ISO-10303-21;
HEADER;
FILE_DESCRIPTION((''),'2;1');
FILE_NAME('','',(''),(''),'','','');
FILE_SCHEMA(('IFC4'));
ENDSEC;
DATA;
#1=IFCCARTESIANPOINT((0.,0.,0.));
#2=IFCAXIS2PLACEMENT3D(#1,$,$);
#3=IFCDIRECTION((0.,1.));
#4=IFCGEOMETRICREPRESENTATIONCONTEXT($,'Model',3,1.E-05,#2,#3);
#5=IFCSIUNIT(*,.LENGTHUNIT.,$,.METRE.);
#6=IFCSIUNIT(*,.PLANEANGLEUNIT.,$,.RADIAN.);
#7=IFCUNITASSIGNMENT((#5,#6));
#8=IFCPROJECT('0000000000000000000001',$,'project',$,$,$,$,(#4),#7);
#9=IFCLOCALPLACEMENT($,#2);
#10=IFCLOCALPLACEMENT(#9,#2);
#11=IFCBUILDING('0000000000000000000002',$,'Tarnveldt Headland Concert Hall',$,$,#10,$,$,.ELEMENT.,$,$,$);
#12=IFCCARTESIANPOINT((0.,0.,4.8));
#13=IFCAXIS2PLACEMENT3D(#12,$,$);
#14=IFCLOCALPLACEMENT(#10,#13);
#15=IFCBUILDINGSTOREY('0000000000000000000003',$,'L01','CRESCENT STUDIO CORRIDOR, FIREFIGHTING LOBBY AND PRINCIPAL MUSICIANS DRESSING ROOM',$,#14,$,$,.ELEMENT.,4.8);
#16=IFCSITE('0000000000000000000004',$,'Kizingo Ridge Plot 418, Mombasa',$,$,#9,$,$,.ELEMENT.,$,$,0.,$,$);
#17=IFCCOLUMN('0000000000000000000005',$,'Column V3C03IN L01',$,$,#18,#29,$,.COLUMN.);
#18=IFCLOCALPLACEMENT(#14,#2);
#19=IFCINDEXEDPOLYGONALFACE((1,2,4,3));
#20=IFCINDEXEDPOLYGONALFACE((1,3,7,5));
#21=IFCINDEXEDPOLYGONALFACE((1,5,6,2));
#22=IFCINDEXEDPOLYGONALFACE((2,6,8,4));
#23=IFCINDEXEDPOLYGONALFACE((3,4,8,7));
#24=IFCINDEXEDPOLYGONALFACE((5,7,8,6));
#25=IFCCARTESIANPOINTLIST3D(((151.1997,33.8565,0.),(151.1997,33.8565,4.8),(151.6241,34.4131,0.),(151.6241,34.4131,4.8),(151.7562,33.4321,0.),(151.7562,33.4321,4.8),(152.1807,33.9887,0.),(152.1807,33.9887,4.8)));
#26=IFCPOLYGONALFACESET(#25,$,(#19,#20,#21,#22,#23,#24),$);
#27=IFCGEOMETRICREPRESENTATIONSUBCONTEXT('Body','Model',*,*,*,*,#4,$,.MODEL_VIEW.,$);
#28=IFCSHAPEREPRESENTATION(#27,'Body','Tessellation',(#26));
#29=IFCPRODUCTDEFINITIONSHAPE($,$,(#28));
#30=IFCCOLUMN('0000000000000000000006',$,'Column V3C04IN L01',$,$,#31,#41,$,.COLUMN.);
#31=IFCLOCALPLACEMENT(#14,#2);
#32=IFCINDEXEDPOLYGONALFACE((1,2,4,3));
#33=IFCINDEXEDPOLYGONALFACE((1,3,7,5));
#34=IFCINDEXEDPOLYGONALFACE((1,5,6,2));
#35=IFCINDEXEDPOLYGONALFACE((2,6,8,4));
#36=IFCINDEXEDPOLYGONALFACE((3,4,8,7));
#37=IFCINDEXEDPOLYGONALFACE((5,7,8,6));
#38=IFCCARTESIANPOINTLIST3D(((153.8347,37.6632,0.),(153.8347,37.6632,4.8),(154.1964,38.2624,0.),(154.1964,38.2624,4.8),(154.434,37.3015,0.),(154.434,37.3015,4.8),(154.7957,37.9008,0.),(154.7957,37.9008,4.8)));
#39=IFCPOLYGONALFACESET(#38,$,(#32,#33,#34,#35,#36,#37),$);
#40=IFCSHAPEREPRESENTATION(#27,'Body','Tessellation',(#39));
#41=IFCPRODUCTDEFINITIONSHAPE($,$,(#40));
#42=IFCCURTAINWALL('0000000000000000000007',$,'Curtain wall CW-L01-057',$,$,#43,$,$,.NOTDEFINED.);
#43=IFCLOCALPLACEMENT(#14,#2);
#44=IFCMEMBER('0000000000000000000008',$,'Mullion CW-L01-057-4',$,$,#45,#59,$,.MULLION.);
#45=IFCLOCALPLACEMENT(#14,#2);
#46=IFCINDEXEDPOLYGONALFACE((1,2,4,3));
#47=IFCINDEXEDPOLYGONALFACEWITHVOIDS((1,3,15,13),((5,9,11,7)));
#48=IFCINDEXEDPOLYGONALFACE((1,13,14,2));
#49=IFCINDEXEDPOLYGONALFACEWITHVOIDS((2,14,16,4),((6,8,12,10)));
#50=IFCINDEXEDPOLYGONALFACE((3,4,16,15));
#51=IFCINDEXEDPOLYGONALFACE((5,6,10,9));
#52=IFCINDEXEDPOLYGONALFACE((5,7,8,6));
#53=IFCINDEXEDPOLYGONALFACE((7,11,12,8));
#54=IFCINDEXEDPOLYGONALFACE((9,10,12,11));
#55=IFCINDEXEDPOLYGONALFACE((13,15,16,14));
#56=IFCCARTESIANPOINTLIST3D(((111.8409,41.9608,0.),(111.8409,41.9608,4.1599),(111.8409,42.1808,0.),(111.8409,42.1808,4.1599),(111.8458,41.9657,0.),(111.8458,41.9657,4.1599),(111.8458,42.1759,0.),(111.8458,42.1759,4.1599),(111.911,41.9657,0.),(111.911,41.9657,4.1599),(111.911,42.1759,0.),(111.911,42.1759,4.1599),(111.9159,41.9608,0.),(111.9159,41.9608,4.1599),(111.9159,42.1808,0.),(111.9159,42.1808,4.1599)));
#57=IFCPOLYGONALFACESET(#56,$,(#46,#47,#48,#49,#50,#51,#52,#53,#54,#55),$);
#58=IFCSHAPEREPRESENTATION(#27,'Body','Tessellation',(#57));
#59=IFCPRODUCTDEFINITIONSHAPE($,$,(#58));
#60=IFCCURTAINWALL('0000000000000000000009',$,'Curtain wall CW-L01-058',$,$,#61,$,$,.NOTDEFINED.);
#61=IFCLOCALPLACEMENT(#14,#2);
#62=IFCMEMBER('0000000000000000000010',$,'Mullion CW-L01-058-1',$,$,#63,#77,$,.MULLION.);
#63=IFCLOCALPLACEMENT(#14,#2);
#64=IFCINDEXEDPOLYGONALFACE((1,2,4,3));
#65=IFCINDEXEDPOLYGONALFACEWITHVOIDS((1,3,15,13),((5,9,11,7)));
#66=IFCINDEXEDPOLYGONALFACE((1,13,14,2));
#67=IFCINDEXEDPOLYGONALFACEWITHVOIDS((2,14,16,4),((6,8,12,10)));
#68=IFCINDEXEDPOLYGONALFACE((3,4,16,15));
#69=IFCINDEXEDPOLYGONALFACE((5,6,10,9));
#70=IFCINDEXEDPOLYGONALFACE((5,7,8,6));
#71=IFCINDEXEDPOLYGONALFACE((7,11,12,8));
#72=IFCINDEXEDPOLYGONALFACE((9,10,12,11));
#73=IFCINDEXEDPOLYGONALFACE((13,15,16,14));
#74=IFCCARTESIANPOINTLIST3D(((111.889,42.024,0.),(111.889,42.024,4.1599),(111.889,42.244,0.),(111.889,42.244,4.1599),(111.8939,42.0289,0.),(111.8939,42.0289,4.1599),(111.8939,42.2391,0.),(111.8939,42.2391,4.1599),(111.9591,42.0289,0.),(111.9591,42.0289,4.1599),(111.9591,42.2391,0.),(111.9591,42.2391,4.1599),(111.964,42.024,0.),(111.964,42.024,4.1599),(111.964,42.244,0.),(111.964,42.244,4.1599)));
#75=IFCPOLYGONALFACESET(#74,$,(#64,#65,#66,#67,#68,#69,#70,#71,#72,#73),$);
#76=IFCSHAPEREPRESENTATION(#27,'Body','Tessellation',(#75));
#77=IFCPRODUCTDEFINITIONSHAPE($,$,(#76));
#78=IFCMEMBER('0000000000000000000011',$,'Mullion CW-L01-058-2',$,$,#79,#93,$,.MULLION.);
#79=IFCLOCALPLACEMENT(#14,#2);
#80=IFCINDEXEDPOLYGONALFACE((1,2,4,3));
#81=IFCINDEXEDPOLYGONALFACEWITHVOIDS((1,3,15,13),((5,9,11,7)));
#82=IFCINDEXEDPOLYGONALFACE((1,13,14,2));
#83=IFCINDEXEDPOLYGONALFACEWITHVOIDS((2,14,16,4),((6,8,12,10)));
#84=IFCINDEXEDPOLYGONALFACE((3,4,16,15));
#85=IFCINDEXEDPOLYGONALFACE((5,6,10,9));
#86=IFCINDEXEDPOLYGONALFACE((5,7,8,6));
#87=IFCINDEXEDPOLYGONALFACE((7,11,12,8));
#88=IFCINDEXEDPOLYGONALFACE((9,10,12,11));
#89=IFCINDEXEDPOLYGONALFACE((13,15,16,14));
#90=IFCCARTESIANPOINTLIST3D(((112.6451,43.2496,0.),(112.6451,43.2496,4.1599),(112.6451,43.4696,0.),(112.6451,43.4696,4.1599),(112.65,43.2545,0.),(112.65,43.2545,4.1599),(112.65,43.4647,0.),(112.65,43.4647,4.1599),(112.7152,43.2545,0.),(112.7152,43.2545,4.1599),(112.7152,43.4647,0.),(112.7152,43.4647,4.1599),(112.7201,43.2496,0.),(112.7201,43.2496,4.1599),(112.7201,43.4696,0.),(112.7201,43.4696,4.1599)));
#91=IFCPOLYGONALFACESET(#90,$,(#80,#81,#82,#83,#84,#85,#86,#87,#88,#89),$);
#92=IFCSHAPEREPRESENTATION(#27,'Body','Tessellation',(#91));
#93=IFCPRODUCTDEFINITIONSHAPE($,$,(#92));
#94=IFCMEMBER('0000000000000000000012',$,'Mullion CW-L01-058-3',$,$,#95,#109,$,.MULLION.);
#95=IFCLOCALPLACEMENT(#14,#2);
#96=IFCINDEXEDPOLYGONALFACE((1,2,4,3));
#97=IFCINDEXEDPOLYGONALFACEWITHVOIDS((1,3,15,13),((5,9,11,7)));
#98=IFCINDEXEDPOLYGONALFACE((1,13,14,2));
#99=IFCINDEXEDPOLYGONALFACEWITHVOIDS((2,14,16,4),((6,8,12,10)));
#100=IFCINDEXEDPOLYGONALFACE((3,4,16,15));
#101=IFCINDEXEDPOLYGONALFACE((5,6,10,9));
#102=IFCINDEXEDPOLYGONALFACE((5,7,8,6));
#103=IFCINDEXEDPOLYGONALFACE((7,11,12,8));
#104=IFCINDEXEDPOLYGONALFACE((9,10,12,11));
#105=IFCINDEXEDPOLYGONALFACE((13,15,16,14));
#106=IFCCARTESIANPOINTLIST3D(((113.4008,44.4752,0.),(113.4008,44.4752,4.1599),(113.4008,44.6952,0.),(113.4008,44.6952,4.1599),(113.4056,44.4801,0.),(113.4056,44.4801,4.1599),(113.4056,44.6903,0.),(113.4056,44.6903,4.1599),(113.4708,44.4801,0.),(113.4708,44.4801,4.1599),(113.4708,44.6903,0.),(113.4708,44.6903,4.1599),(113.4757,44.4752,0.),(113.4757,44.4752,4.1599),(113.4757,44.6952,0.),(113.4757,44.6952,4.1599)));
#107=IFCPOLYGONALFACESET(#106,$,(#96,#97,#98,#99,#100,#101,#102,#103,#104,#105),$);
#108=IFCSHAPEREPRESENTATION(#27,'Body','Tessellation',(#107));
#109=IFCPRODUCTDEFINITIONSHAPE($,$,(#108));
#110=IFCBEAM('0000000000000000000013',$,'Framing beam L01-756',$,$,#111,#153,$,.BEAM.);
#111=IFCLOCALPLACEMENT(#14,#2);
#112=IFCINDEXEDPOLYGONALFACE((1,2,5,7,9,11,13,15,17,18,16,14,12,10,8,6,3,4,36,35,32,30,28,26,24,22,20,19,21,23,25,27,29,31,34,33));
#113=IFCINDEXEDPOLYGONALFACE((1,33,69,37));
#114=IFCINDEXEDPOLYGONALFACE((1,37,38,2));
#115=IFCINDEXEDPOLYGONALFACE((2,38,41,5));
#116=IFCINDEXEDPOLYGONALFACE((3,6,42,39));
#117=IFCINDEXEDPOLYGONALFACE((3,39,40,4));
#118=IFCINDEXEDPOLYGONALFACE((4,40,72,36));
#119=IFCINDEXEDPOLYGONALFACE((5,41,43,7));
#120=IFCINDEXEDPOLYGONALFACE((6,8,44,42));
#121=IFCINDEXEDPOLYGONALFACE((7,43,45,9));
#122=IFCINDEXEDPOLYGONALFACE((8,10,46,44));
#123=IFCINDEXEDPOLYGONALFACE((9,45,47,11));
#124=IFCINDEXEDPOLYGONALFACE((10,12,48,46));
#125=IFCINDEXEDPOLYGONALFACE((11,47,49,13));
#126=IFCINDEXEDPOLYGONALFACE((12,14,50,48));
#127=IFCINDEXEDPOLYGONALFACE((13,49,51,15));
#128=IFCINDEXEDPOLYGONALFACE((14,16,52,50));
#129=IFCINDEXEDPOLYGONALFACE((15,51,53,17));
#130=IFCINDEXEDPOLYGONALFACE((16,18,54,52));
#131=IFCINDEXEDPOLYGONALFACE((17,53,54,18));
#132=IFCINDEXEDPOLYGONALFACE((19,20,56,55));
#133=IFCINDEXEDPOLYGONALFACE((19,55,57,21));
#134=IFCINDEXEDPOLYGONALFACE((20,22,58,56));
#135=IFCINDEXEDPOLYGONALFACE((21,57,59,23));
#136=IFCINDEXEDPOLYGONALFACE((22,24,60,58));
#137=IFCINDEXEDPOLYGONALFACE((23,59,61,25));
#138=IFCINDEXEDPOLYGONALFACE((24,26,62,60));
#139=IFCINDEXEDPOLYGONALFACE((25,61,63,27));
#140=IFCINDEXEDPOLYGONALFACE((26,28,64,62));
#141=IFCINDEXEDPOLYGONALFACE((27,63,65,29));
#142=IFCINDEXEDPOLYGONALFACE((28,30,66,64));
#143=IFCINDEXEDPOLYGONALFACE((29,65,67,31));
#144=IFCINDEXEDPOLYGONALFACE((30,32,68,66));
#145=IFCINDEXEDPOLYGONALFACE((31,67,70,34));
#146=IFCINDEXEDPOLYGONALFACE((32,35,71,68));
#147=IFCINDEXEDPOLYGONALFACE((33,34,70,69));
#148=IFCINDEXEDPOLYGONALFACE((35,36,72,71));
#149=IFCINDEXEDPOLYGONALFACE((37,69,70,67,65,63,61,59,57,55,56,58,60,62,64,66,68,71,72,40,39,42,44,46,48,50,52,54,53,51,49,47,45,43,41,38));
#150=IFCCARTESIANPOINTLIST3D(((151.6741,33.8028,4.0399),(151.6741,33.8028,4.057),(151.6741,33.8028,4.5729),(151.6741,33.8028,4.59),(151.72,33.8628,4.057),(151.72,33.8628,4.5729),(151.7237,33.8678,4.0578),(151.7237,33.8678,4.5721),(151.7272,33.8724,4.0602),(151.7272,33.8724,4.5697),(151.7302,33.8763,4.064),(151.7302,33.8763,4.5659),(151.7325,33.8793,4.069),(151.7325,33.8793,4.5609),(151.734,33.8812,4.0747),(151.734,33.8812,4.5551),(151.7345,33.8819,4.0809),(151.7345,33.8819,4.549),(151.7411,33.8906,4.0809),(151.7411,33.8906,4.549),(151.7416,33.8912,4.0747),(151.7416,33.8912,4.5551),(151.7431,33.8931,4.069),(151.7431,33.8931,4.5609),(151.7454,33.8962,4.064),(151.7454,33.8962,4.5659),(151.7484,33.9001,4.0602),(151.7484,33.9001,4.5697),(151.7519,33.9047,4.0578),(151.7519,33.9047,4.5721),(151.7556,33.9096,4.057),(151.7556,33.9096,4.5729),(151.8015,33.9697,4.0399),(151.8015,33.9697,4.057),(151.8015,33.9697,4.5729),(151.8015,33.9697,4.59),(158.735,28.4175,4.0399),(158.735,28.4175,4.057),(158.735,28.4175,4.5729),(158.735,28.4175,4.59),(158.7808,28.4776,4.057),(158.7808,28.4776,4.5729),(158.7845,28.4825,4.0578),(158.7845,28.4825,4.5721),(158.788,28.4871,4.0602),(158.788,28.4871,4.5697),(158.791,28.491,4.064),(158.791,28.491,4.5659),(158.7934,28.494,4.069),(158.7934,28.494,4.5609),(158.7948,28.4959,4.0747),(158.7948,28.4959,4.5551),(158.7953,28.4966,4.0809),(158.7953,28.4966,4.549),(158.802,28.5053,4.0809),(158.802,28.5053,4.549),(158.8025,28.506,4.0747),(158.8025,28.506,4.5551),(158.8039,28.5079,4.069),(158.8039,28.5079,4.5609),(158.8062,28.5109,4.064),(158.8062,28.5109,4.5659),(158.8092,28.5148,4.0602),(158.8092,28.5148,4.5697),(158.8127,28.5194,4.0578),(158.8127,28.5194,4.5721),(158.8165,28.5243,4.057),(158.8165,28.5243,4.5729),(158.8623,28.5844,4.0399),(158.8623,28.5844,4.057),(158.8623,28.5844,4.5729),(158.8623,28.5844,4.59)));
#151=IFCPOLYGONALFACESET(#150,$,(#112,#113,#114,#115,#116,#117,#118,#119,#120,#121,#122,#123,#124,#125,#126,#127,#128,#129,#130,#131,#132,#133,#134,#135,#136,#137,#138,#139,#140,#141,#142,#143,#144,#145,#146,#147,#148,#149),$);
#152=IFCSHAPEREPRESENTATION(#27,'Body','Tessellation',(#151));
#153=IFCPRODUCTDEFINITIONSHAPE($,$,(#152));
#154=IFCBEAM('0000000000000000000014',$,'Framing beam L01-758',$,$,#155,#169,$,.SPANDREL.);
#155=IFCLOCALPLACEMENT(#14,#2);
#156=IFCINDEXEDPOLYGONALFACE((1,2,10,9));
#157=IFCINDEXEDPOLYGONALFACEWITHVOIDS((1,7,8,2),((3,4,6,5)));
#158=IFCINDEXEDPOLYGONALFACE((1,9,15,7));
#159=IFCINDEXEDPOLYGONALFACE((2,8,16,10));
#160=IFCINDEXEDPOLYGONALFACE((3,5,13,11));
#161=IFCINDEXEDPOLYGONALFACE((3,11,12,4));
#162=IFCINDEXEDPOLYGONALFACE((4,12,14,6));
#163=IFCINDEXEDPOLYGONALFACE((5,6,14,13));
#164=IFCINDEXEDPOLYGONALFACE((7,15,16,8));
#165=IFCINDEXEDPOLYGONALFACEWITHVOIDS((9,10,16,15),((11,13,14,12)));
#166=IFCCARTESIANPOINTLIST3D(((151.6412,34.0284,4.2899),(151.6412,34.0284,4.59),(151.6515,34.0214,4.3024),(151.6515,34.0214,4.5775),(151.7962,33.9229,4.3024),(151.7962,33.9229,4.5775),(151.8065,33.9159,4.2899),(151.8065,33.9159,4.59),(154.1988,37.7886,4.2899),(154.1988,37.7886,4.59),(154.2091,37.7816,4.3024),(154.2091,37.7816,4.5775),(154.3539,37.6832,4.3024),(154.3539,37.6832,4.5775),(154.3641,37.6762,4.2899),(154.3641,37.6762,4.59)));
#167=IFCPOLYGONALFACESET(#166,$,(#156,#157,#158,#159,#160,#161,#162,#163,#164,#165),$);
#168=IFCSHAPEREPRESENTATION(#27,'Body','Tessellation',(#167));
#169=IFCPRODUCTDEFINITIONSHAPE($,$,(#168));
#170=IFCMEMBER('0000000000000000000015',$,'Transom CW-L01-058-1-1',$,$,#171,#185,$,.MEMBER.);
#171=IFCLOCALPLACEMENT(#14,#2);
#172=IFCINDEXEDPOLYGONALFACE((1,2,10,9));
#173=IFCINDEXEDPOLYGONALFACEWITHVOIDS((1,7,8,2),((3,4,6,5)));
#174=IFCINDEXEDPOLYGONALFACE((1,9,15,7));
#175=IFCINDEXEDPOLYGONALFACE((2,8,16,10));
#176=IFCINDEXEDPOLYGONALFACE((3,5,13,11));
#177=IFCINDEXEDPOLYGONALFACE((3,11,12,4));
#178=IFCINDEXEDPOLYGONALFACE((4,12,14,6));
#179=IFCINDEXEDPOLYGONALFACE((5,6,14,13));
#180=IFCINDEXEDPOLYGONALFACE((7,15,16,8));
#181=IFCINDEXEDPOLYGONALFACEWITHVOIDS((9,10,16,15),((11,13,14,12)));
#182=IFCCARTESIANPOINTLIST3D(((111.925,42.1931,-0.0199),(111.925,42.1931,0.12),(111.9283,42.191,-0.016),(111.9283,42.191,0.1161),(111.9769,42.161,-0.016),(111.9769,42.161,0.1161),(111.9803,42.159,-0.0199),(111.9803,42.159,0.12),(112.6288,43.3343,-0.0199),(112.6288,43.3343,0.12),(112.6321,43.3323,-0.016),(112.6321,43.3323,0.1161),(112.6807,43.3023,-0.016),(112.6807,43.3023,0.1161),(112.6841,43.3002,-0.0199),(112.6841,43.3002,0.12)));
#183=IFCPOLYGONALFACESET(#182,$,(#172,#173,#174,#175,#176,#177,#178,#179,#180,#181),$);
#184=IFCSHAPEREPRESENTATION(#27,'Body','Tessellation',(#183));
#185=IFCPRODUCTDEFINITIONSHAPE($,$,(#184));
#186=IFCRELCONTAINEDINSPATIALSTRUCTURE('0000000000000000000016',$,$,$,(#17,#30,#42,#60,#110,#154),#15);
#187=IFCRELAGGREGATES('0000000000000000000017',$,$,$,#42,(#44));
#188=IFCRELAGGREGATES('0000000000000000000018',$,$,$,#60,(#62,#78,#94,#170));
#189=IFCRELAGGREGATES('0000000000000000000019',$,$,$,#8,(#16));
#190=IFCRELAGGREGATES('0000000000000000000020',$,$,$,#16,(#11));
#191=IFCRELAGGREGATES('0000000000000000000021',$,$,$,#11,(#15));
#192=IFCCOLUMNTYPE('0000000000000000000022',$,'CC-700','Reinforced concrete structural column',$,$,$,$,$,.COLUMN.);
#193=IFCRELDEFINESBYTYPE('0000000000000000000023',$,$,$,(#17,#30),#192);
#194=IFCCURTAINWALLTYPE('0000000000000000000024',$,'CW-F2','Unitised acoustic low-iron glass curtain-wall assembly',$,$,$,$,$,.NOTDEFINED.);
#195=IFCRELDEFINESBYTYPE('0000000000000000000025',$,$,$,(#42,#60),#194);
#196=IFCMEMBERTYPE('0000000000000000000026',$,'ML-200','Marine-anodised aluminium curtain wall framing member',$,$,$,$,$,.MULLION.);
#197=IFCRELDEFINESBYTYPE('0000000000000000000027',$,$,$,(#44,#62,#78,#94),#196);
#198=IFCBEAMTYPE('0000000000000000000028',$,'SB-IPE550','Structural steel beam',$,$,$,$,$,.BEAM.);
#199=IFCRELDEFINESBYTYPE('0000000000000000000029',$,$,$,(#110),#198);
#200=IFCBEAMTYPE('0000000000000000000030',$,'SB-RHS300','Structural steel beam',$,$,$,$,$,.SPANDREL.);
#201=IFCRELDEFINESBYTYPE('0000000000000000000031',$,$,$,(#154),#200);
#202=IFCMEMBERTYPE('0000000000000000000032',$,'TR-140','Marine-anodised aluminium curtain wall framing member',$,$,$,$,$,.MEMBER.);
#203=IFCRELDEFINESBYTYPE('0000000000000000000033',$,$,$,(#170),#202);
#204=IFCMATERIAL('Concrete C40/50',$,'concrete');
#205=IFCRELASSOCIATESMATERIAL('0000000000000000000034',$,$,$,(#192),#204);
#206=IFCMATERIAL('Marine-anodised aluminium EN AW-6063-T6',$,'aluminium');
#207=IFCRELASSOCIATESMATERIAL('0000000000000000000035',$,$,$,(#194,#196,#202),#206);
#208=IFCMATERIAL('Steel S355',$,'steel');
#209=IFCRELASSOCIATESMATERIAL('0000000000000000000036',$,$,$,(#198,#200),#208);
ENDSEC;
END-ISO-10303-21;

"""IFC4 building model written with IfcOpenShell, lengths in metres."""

from ifc_helpers import new_model, si_unit, direction, frame, origin, origin_2d, place, context, subcontext, project, spatial, rectangle, hollow_rectangle, i_section, extrude, material, material_profile, profile_set, type_object, element, aggregate, save


model = new_model("IFC4")

# Units and contexts
model_context = context("Model", 3, precision=1e-05, world=origin(), true_north=direction((0.0, 1.0)))
body_context = subcontext(model_context, "Body", "Model", "MODEL_VIEW")
ifc_project = project(units=[si_unit("LENGTHUNIT", "METRE"), si_unit("PLANEANGLEUNIT", "RADIAN")], contexts=[model_context])

# Site, building, storey
site_placement = place(None, origin())
site = spatial("IfcSite", under=ifc_project, at=site_placement, Name="Kizingo Ridge Plot 418, Mombasa", CompositionType="ELEMENT", RefElevation=0.0)
building_placement = place(site_placement, origin())
building = spatial("IfcBuilding", under=site, at=building_placement, Name="Tarnveldt Headland Concert Hall", CompositionType="ELEMENT")
storey_placement = place(building_placement, frame((0.0, 0.0, 4.8)))
storey = spatial("IfcBuildingStorey", under=building, at=storey_placement, Name="L01", Description="CRESCENT STUDIO CORRIDOR, FIREFIGHTING LOBBY AND PRINCIPAL MUSICIANS DRESSING ROOM", CompositionType="ELEMENT", Elevation=4.8)

# Columns
ifc_material_1 = material(Name="Concrete C40/50", Category="concrete")
ifc_material_profile_1 = material_profile(ifc_material_1, rectangle(XDim=0.7, YDim=0.7, at=origin_2d()), Name="RC 700x700", Category="concrete")
ifc_profile_set_1 = profile_set([ifc_material_profile_1], Name="Concrete C40/50")
column_type = type_object("IfcColumnType", Name="CC-700", Description="Reinforced concrete structural column", PredefinedType="COLUMN", material=ifc_profile_set_1)
for number, where, z_axis, x_axis, name in (
    (1, (151.6902, 33.9226, 0.0), (0.0, 0.0, 1.0), (0.795156, -0.606405, 0.0), "Column V3C03IN L01"),
    (2, (154.3152, 37.782, 0.0), (0.0, 0.0, 1.0), (0.856177, -0.516683, 0.0), "Column V3C04IN L01"),
):
    element("IfcColumn", number, at=place(storey_placement, frame(where, z_axis=z_axis, x_axis=x_axis)), inside=storey, type_object=column_type, Name=name, PredefinedType="COLUMN", context=body_context, shape_type="SweptSolid", body=[
        extrude(rectangle(XDim=0.7, YDim=0.7, at=origin_2d()), origin(), (0.0, 0.0, 1.0), 4.8),
    ])

# Curtain wall, member
ifc_material_2 = material(Name="Marine-anodised aluminium EN AW-6063-T6", Category="aluminium")
curtain_wall_type = type_object("IfcCurtainWallType", Name="CW-F2", Description="Unitised acoustic low-iron glass curtain-wall assembly", PredefinedType="NOTDEFINED", material=ifc_material_2)
curtain_wall_1_placement = place(storey_placement, origin())
curtain_wall_1 = element("IfcCurtainWall", 3, at=curtain_wall_1_placement, inside=storey, type_object=curtain_wall_type, Name="Curtain wall CW-L01-057", PredefinedType="NOTDEFINED")
ifc_material_profile_2 = material_profile(ifc_material_2, hollow_rectangle(XDim=0.075, YDim=0.22, WallThickness=0.0049, at=origin_2d()), Name="ALU MULLION 75x220x5", Category="aluminium")
ifc_profile_set_2 = profile_set([ifc_material_profile_2], Name="Marine-anodised aluminium EN AW-6063-T6")
member_type_1 = type_object("IfcMemberType", Name="ML-200", Description="Marine-anodised aluminium curtain wall framing member", PredefinedType="MULLION", material=ifc_profile_set_2)
member_1_placement = place(storey_placement, frame((111.8784, 42.0708, 0.0), z_axis=(0.0, 0.0, 1.0), x_axis=(1.0, 0.0, 0.0)))
member_1 = element("IfcMember", 4, at=member_1_placement, type_object=member_type_1, Name="Mullion CW-L01-057-4", PredefinedType="MULLION", context=body_context, shape_type="SweptSolid", body=[
    extrude(hollow_rectangle(XDim=0.075, YDim=0.22, WallThickness=0.0049, at=origin_2d()), origin(), (0.0, 0.0, 1.0), 4.1599),
])
aggregate(curtain_wall_1, [member_1])

# Curtain wall, members
curtain_wall_2_placement = place(storey_placement, origin())
curtain_wall_2 = element("IfcCurtainWall", 5, at=curtain_wall_2_placement, inside=storey, type_object=curtain_wall_type, Name="Curtain wall CW-L01-058", PredefinedType="NOTDEFINED")
member_2_placement = place(storey_placement, frame((111.9265, 42.134, 0.0), z_axis=(0.0, 0.0, 1.0), x_axis=(1.0, 0.0, 0.0)))
member_2 = element("IfcMember", 6, at=member_2_placement, type_object=member_type_1, Name="Mullion CW-L01-058-1", PredefinedType="MULLION", context=body_context, shape_type="SweptSolid", body=[
    extrude(hollow_rectangle(XDim=0.075, YDim=0.22, WallThickness=0.0049, at=origin_2d()), origin(), (0.0, 0.0, 1.0), 4.1599),
])
member_3_placement = place(storey_placement, frame((112.6826, 43.3596, 0.0), z_axis=(0.0, 0.0, 1.0), x_axis=(1.0, 0.0, 0.0)))
member_3 = element("IfcMember", 7, at=member_3_placement, type_object=member_type_1, Name="Mullion CW-L01-058-2", PredefinedType="MULLION", context=body_context, shape_type="SweptSolid", body=[
    extrude(hollow_rectangle(XDim=0.075, YDim=0.22, WallThickness=0.0049, at=origin_2d()), origin(), (0.0, 0.0, 1.0), 4.1599),
])
member_4_placement = place(storey_placement, frame((113.4382, 44.5852, 0.0), z_axis=(0.0, 0.0, 1.0), x_axis=(1.0, 0.0, 0.0)))
member_4 = element("IfcMember", 8, at=member_4_placement, type_object=member_type_1, Name="Mullion CW-L01-058-3", PredefinedType="MULLION", context=body_context, shape_type="SweptSolid", body=[
    extrude(hollow_rectangle(XDim=0.075, YDim=0.22, WallThickness=0.0049, at=origin_2d()), origin(), (0.0, 0.0, 1.0), 4.1599),
])

# Beams
ifc_material_3 = material(Name="Steel S355", Category="steel")
ifc_material_profile_3 = material_profile(ifc_material_3, i_section(OverallWidth=0.21, OverallDepth=0.55, WebThickness=0.011, FlangeThickness=0.0171, FilletRadius=0.0239, at=origin_2d()), Name="IPE550", Category="steel")
ifc_profile_set_3 = profile_set([ifc_material_profile_3], Name="Steel S355")
beam_type_1 = type_object("IfcBeamType", Name="SB-IPE550", Description="Structural steel beam", PredefinedType="BEAM", material=ifc_profile_set_3)
beam_1_placement = place(storey_placement, frame((151.7378, 33.8862, 4.3149), z_axis=(0.795127, -0.606442, 0.0), x_axis=(0.606442, 0.795127, 0.0)))
element("IfcBeam", 9, at=beam_1_placement, inside=storey, type_object=beam_type_1, Name="Framing beam L01-756", PredefinedType="BEAM", context=body_context, shape_type="SweptSolid", body=[
    extrude(i_section(OverallWidth=0.21, OverallDepth=0.55, WebThickness=0.011, FlangeThickness=0.0171, FilletRadius=0.0239, at=origin_2d()), origin(), (0.0, 0.0, 1.0), 8.8801),
])
ifc_material_profile_4 = material_profile(ifc_material_3, hollow_rectangle(XDim=0.2, YDim=0.3, WallThickness=0.0125, at=origin_2d()), Name="RHS 300x200x12.5", Category="steel")
ifc_profile_set_4 = profile_set([ifc_material_profile_4], Name="Steel S355")
beam_type_2 = type_object("IfcBeamType", Name="SB-RHS300", Description="Structural steel beam", PredefinedType="SPANDREL", material=ifc_profile_set_4)
beam_2_placement = place(storey_placement, frame((151.7239, 33.9722, 4.4399), z_axis=(0.562407, 0.826861, 0.0), x_axis=(-0.826861, 0.562407, 0.0)))
element("IfcBeam", 10, at=beam_2_placement, inside=storey, type_object=beam_type_2, Name="Framing beam L01-758", PredefinedType="SPANDREL", context=body_context, shape_type="SweptSolid", body=[
    extrude(hollow_rectangle(XDim=0.2, YDim=0.3, WallThickness=0.0125, at=origin_2d()), origin(), (0.0, 0.0, 1.0), 4.5476),
])

# Member
ifc_material_profile_5 = material_profile(ifc_material_2, hollow_rectangle(XDim=0.0649, YDim=0.1399, WallThickness=0.0039, at=origin_2d()), Name="ALU TRANSOM 65x140x4", Category="aluminium")
ifc_profile_set_5 = profile_set([ifc_material_profile_5], Name="Marine-anodised aluminium EN AW-6063-T6")
member_type_2 = type_object("IfcMemberType", Name="TR-140", Description="Marine-anodised aluminium curtain wall framing member", PredefinedType="MEMBER", material=ifc_profile_set_5)
member_5_placement = place(storey_placement, frame((111.9526, 42.176, 0.05), z_axis=(0.5249, 0.851164, 0.0), x_axis=(-0.851164, 0.5249, 0.0)))
member_5 = element("IfcMember", 11, at=member_5_placement, type_object=member_type_2, Name="Transom CW-L01-058-1-1", PredefinedType="MEMBER", context=body_context, shape_type="SweptSolid", body=[
    extrude(hollow_rectangle(XDim=0.0649, YDim=0.1399, WallThickness=0.0039, at=origin_2d()), origin(), (0.0, 0.0, 1.0), 1.3408),
])

aggregate(curtain_wall_2, [member_2, member_3, member_4, member_5])

save(model, "model.ifc")
